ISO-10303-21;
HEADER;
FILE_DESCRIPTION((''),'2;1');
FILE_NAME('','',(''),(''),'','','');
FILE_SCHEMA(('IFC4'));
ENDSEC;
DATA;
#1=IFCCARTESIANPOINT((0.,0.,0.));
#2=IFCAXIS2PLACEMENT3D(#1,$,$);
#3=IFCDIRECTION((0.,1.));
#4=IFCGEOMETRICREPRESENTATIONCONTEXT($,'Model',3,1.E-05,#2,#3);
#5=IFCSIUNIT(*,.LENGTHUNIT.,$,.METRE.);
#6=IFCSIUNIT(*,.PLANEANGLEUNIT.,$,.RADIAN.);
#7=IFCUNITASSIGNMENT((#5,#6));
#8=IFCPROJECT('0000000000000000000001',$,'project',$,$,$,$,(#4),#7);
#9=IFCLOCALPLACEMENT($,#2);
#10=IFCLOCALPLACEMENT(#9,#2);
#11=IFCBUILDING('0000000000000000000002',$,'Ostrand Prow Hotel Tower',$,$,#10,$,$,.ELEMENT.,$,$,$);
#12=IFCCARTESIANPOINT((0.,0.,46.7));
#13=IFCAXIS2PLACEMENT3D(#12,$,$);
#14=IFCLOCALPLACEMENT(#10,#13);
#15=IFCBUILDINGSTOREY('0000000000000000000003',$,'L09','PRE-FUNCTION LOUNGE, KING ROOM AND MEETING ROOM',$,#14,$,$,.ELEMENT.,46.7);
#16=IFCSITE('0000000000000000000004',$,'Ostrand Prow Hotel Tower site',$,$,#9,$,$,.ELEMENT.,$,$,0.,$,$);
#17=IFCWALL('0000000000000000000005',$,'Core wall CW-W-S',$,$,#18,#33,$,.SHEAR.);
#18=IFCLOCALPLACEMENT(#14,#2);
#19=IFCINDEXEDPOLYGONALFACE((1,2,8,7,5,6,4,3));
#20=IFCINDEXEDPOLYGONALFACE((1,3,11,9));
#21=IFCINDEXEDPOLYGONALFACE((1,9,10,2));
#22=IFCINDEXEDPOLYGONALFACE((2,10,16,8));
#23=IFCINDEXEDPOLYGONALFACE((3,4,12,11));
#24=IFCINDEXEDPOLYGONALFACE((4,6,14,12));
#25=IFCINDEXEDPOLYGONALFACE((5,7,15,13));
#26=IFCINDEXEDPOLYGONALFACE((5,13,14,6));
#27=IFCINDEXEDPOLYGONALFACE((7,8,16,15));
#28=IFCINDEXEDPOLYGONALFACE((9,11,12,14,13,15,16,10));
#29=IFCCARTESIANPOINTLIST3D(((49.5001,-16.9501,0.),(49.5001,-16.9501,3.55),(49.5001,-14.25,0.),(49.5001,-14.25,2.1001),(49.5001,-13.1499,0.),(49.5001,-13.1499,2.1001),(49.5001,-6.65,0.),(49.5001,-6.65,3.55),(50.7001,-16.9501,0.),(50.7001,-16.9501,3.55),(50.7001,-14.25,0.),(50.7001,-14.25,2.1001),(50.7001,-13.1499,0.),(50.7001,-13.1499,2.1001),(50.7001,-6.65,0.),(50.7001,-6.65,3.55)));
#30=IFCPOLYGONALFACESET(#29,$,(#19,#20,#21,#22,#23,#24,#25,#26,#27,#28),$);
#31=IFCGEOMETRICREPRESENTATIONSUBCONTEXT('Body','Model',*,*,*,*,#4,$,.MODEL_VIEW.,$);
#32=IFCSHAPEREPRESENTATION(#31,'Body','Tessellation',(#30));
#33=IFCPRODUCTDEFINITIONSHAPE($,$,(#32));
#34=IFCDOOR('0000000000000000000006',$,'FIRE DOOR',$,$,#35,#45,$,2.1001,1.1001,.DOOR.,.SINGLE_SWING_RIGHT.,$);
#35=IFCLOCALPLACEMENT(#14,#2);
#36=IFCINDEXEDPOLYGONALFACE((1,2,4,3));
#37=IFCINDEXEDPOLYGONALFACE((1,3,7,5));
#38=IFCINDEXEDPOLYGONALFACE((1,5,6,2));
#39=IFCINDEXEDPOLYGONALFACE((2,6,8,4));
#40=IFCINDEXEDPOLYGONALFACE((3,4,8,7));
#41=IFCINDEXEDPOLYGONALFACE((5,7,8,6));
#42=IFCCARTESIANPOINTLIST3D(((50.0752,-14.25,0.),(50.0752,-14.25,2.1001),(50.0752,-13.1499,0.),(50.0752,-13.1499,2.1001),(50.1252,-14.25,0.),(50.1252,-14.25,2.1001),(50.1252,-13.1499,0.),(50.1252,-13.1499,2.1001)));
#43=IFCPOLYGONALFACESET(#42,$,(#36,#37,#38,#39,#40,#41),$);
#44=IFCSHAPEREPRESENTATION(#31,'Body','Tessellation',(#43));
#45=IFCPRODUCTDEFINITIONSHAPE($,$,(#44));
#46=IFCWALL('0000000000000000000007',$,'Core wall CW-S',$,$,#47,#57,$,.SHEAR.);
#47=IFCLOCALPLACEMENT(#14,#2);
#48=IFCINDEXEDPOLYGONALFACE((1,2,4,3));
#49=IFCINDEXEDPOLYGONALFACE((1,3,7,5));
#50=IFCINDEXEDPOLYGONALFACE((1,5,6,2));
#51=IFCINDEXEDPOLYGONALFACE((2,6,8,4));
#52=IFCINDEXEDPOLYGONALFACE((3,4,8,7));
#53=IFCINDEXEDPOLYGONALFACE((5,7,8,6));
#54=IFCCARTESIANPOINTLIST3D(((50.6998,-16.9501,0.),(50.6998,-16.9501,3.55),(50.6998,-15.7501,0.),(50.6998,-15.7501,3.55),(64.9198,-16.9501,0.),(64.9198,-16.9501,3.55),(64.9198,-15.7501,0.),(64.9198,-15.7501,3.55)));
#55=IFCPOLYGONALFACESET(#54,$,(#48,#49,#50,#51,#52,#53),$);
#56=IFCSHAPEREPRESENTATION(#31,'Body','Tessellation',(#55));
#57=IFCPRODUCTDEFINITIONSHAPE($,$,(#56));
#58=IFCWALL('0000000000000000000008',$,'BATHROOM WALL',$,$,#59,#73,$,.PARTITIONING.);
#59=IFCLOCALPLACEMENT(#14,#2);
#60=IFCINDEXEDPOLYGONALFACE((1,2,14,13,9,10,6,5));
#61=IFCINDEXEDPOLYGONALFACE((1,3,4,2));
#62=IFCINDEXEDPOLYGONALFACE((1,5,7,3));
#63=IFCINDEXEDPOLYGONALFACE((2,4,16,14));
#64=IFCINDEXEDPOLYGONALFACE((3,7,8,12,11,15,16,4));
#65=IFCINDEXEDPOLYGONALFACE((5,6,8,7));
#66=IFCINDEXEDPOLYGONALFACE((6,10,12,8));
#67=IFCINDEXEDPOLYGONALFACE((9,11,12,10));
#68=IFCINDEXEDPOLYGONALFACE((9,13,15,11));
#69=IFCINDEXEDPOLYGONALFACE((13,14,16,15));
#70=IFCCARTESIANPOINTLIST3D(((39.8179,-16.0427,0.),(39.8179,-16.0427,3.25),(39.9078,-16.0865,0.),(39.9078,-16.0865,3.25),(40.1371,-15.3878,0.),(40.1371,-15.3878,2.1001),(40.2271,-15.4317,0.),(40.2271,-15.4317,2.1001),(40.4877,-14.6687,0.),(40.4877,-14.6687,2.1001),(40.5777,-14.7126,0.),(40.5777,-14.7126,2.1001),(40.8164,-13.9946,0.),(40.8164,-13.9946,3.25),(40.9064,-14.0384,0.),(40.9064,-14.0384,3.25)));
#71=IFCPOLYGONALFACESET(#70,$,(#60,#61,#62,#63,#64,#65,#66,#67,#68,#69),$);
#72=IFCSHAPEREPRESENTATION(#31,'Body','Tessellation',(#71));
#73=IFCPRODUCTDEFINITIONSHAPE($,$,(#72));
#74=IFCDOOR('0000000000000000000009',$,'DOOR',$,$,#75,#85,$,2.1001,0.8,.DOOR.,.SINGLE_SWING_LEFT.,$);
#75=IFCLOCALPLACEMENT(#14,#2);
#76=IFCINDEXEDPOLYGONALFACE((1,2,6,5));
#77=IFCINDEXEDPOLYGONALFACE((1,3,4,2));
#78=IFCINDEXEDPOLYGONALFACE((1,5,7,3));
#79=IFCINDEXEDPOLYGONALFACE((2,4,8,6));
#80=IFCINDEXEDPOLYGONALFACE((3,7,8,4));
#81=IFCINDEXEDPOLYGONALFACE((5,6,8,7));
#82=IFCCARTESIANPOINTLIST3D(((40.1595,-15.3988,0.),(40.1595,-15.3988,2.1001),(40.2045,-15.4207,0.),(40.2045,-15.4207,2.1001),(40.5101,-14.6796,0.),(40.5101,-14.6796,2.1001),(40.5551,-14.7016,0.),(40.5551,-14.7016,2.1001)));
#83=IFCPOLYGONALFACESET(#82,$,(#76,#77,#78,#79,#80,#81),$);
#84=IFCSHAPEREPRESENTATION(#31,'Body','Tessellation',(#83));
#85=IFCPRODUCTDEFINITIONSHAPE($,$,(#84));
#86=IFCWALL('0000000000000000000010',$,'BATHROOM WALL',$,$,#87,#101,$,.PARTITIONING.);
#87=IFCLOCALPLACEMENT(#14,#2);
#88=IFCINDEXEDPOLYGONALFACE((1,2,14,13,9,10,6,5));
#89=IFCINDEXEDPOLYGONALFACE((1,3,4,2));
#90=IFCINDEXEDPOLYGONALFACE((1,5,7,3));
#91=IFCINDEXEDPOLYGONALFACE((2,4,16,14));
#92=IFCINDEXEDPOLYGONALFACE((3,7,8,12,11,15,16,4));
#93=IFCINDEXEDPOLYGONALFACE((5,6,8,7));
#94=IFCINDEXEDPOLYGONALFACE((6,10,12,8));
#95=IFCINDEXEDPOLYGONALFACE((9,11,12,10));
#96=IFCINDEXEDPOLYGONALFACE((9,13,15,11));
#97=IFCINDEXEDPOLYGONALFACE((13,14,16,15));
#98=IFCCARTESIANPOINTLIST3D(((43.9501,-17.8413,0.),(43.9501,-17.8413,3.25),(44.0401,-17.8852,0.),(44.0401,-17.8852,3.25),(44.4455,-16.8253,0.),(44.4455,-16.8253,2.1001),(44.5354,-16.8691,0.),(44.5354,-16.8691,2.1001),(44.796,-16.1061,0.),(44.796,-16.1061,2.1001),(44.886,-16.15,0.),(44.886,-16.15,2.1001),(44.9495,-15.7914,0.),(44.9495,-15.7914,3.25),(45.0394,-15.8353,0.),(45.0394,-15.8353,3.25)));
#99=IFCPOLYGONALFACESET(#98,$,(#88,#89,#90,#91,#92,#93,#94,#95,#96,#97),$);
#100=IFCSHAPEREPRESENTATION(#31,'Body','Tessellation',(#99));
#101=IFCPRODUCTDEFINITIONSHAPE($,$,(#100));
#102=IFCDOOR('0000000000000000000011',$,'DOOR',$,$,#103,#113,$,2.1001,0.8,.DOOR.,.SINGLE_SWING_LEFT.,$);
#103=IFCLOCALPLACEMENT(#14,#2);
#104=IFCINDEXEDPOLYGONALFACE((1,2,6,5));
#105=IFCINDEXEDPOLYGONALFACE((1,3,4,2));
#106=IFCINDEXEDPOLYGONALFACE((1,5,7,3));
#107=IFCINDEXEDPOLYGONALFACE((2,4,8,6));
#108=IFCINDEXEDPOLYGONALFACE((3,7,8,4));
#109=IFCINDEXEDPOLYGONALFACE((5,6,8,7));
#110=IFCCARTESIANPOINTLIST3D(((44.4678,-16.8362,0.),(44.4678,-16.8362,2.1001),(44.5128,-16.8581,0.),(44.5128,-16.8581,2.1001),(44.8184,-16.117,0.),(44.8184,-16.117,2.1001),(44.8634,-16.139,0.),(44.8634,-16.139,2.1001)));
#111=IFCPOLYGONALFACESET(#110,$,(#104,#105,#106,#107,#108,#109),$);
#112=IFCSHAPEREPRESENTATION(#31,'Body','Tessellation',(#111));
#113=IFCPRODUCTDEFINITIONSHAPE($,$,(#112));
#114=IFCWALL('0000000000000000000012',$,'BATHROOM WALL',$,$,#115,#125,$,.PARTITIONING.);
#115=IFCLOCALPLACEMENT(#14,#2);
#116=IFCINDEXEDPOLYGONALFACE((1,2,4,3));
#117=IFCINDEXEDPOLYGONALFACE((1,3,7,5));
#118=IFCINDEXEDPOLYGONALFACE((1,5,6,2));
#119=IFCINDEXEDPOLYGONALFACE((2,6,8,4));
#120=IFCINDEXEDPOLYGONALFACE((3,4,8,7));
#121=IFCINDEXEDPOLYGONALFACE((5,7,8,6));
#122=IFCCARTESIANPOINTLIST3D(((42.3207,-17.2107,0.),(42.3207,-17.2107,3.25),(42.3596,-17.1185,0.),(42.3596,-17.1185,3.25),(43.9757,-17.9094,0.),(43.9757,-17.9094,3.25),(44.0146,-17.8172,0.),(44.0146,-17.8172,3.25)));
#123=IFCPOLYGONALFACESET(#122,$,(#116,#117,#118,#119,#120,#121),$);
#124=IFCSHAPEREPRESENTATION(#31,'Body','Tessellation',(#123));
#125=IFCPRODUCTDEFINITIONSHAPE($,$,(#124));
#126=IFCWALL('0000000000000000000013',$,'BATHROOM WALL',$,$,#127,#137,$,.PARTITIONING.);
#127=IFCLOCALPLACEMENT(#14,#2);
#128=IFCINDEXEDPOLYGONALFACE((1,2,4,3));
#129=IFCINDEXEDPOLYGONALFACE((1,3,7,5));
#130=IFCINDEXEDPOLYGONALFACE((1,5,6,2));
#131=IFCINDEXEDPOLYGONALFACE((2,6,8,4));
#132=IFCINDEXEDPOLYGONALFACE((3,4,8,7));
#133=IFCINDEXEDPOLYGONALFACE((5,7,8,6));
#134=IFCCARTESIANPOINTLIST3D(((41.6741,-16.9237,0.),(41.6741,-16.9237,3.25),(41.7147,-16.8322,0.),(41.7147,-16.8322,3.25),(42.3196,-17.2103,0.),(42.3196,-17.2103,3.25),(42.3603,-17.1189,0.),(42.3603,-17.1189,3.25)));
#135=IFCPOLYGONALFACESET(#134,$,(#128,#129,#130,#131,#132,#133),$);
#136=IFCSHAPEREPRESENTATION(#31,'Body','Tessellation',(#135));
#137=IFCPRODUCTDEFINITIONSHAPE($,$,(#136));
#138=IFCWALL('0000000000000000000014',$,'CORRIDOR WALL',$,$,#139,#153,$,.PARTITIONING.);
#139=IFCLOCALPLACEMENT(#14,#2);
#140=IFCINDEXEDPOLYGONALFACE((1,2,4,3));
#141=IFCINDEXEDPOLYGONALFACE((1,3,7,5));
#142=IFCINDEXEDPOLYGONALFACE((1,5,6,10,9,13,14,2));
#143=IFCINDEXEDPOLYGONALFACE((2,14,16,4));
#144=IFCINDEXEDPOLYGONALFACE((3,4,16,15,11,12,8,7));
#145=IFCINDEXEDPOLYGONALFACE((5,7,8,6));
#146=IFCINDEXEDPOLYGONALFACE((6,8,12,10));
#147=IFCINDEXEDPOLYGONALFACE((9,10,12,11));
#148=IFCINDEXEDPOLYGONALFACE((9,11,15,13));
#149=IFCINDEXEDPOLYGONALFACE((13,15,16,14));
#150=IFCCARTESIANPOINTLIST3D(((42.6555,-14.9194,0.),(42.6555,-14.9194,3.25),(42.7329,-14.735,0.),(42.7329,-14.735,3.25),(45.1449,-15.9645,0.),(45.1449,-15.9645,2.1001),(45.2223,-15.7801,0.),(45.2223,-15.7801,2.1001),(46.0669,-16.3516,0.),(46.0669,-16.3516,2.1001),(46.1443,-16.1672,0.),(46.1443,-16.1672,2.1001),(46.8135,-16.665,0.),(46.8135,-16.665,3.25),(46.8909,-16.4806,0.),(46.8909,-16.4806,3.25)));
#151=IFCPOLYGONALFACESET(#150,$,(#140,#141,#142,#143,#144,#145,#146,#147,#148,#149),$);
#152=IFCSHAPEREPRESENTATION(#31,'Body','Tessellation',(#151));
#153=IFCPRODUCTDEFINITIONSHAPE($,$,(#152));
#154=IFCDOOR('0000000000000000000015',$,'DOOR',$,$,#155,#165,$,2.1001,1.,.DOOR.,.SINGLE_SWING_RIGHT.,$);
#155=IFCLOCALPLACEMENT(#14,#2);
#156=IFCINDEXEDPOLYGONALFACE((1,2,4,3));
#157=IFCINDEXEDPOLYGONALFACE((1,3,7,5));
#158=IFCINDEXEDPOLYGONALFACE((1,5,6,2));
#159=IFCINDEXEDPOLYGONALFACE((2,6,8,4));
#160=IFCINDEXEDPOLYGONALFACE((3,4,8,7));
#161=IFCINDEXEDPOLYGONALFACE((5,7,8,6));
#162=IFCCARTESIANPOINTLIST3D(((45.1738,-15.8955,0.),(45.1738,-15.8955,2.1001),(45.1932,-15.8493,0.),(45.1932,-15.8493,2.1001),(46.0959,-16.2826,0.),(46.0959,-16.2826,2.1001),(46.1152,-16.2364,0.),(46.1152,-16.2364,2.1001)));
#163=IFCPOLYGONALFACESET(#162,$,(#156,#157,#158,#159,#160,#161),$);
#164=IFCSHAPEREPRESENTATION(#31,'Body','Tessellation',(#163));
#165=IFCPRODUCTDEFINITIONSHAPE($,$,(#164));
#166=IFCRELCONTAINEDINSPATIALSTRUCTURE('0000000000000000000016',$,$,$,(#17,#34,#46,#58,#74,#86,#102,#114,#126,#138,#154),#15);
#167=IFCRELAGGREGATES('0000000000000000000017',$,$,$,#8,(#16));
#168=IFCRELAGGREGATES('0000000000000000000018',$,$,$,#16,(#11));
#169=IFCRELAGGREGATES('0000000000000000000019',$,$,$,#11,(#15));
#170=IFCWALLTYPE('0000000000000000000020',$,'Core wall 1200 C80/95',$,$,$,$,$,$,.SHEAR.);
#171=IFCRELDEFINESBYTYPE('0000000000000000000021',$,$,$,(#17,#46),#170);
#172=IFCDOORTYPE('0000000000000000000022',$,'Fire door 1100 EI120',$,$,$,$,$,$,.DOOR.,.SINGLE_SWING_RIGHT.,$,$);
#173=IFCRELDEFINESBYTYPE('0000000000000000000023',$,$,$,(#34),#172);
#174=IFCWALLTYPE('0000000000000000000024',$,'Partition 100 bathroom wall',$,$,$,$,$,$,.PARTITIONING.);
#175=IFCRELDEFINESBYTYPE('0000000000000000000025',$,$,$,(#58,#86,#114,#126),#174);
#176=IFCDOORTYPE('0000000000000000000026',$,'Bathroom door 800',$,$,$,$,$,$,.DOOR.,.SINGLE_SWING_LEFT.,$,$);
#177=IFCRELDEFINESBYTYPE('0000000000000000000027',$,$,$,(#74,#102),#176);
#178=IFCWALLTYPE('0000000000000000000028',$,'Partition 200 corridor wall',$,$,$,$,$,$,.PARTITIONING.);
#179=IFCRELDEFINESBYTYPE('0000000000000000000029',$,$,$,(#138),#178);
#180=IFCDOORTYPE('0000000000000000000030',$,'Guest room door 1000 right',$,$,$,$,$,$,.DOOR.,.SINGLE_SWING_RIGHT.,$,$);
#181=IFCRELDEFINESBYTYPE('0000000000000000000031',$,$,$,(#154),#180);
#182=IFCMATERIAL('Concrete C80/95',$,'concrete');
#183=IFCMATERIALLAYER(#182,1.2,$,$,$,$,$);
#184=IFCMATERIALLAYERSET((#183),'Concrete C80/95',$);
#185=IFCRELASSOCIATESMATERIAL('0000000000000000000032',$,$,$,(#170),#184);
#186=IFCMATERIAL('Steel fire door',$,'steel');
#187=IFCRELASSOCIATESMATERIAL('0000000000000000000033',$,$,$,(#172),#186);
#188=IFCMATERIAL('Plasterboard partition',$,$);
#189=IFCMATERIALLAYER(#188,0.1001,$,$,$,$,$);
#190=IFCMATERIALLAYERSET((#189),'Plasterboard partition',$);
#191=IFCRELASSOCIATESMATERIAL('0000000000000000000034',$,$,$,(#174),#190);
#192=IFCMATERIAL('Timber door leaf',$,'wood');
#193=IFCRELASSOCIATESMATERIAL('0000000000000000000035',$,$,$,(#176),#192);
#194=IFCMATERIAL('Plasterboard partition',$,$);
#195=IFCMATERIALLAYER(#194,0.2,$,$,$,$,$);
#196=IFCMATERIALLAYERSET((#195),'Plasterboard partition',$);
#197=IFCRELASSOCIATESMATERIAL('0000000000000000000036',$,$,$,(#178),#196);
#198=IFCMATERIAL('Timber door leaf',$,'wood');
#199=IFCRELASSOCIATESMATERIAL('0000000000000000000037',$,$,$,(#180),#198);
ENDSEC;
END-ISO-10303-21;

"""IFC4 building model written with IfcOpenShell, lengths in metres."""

from ifc_helpers import new_model, si_unit, direction, frame, frame_2d, origin, place, context, subcontext, project, spatial, rectangle, extrude, material, layer, layer_set, type_object, element, fill, save


model = new_model("IFC4")

# Units and contexts
model_context = context("Model", 3, precision=1e-05, world=origin(), true_north=direction((0.0, 1.0)))
body_context = subcontext(model_context, "Body", "Model", "MODEL_VIEW")
ifc_project = project(units=[si_unit("LENGTHUNIT", "METRE"), si_unit("PLANEANGLEUNIT", "RADIAN")], contexts=[model_context])

# Site, building, storey
site_placement = place(None, origin())
site = spatial("IfcSite", under=ifc_project, at=site_placement, Name="Ostrand Prow Hotel Tower site", CompositionType="ELEMENT", RefElevation=0.0)
building_placement = place(site_placement, origin())
building = spatial("IfcBuilding", under=site, at=building_placement, Name="Ostrand Prow Hotel Tower", CompositionType="ELEMENT")
storey_placement = place(building_placement, frame((0.0, 0.0, 46.7)))
storey = spatial("IfcBuildingStorey", under=building, at=storey_placement, Name="L09", Description="PRE-FUNCTION LOUNGE, KING ROOM AND MEETING ROOM", CompositionType="ELEMENT", Elevation=46.7)

# Wall, opening, door
ifc_material_1 = material(Name="Concrete C80/95", Category="concrete")
ifc_layer_1 = layer(ifc_material_1, 1.2)
ifc_layer_set_1 = layer_set([ifc_layer_1], Name="Concrete C80/95")
wall_type_1 = type_object("IfcWallType", Name="Core wall 1200 C80/95", PredefinedType="SHEAR", material=ifc_layer_set_1)
wall_1_placement = place(storey_placement, frame((50.1001, -16.95, 0.0), z_axis=(0.0, 0.0, 1.0), x_axis=(0.0, 1.0, 0.0)))
wall_1 = element("IfcWall", 1, at=wall_1_placement, inside=storey, type_object=wall_type_1, Name="Core wall CW-W-S", PredefinedType="SHEAR", context=body_context, shape_type="SweptSolid", body=[
    extrude(rectangle(XDim=10.3, YDim=1.2, at=frame_2d((5.1499, 0.0))), origin(), (0.0, 0.0, 1.0), 3.55),
])
opening_1_placement = place(wall_1_placement, frame((2.7, 0.0, 0.0)))
opening_1 = element("IfcOpeningElement", 2, at=opening_1_placement, cuts=wall_1, PredefinedType="OPENING", context=body_context, shape_type="SweptSolid", body=[
    extrude(rectangle(XDim=1.1001, YDim=2.1001, at=frame_2d((0.55, 1.05))), frame((0.0, 0.6099, 0.0), z_axis=(0.0, -1.0, 0.0), x_axis=(1.0, 0.0, 0.0)), (0.0, 0.0, 1.0), 1.22),
])
ifc_material_2 = material(Name="Steel fire door", Category="steel")
door_type_1 = type_object("IfcDoorType", Name="Fire door 1100 EI120", OperationType="SINGLE_SWING_RIGHT", PredefinedType="DOOR", material=ifc_material_2)
door_1_placement = place(opening_1_placement, origin())
door_1 = element("IfcDoor", 3, at=door_1_placement, inside=storey, type_object=door_type_1, Name="FIRE DOOR", OperationType="SINGLE_SWING_RIGHT", OverallHeight=2.1001, OverallWidth=1.1001, PredefinedType="DOOR", context=body_context, shape_type="SweptSolid", body=[
    extrude(rectangle(XDim=1.1001, YDim=2.1001, at=frame_2d((0.55, 1.05))), frame((0.0, 0.0249, 0.0), z_axis=(0.0, -1.0, 0.0), x_axis=(1.0, 0.0, 0.0)), (0.0, 0.0, 1.0), 0.05),
])
fill(opening_1, door_1)

# Wall
wall_2_placement = place(storey_placement, frame((50.7, -16.3501, 0.0), z_axis=(0.0, 0.0, 1.0), x_axis=(1.0, 0.0, 0.0)))
element("IfcWall", 4, at=wall_2_placement, inside=storey, type_object=wall_type_1, Name="Core wall CW-S", PredefinedType="SHEAR", context=body_context, shape_type="SweptSolid", body=[
    extrude(rectangle(XDim=14.22, YDim=1.2, at=frame_2d((7.1099, 0.0))), origin(), (0.0, 0.0, 1.0), 3.55),
])

# Walls, openings, doors
ifc_material_3 = material(Name="Plasterboard partition")
ifc_layer_2 = layer(ifc_material_3, 0.1001)
ifc_layer_set_2 = layer_set([ifc_layer_2], Name="Plasterboard partition")
wall_type_2 = type_object("IfcWallType", Name="Partition 100 bathroom wall", PredefinedType="PARTITIONING", material=ifc_layer_set_2)
wall_3_placement = place(storey_placement, frame((40.8613, -14.0166, 0.0), z_axis=(0.0, 0.0, 1.0), x_axis=(-0.438234, -0.898861, 0.0)))
wall_3 = element("IfcWall", 5, at=wall_3_placement, inside=storey, type_object=wall_type_2, Name="BATHROOM WALL", PredefinedType="PARTITIONING", context=body_context, shape_type="SweptSolid", body=[
    extrude(rectangle(XDim=2.2786, YDim=0.1001, at=frame_2d((1.1392, 0.0))), origin(), (0.0, 0.0, 1.0), 3.25),
])
opening_2_placement = place(wall_3_placement, frame((0.75, 0.0, 0.0)))
opening_2 = element("IfcOpeningElement", 6, at=opening_2_placement, cuts=wall_3, PredefinedType="OPENING", context=body_context, shape_type="SweptSolid", body=[
    extrude(rectangle(XDim=0.8, YDim=2.1001, at=frame_2d((0.3999, 1.05))), frame((0.0, 0.0601, 0.0), z_axis=(0.0, -1.0, 0.0), x_axis=(1.0, 0.0, 0.0)), (0.0, 0.0, 1.0), 0.1201),
])
ifc_material_4 = material(Name="Timber door leaf", Category="wood")
door_type_2 = type_object("IfcDoorType", Name="Bathroom door 800", OperationType="SINGLE_SWING_LEFT", PredefinedType="DOOR", material=ifc_material_4)
door_2_placement = place(opening_2_placement, origin())
door_2 = element("IfcDoor", 7, at=door_2_placement, inside=storey, type_object=door_type_2, Name="DOOR", OperationType="SINGLE_SWING_LEFT", OverallHeight=2.1001, OverallWidth=0.8, PredefinedType="DOOR", context=body_context, shape_type="SweptSolid", body=[
    extrude(rectangle(XDim=0.8, YDim=2.1001, at=frame_2d((0.3999, 1.05))), frame((0.0, 0.0249, 0.0), z_axis=(0.0, -1.0, 0.0), x_axis=(1.0, 0.0, 0.0)), (0.0, 0.0, 1.0), 0.05),
])
fill(opening_2, door_2)
wall_4_placement = place(storey_placement, frame((44.9944, -15.8135, 0.0), z_axis=(0.0, 0.0, 1.0), x_axis=(-0.438198, -0.898879, 0.0)))
wall_4 = element("IfcWall", 8, at=wall_4_placement, inside=storey, type_object=wall_type_2, Name="BATHROOM WALL", PredefinedType="PARTITIONING", context=body_context, shape_type="SweptSolid", body=[
    extrude(rectangle(XDim=2.2805, YDim=0.1001, at=frame_2d((1.1401, 0.0))), origin(), (0.0, 0.0, 1.0), 3.25),
])
opening_3_placement = place(wall_4_placement, frame((0.3501, 0.0, 0.0)))
opening_3 = element("IfcOpeningElement", 9, at=opening_3_placement, cuts=wall_4, PredefinedType="OPENING", context=body_context, shape_type="SweptSolid", body=[
    extrude(rectangle(XDim=0.8, YDim=2.1001, at=frame_2d((0.3999, 1.05))), frame((0.0, 0.0601, 0.0), z_axis=(0.0, -1.0, 0.0), x_axis=(1.0, 0.0, 0.0)), (0.0, 0.0, 1.0), 0.1201),
])
door_3_placement = place(opening_3_placement, origin())
door_3 = element("IfcDoor", 10, at=door_3_placement, inside=storey, type_object=door_type_2, Name="DOOR", OperationType="SINGLE_SWING_LEFT", OverallHeight=2.1001, OverallWidth=0.8, PredefinedType="DOOR", context=body_context, shape_type="SweptSolid", body=[
    extrude(rectangle(XDim=0.8, YDim=2.1001, at=frame_2d((0.3999, 1.05))), frame((0.0, 0.0249, 0.0), z_axis=(0.0, -1.0, 0.0), x_axis=(1.0, 0.0, 0.0)), (0.0, 0.0, 1.0), 0.05),
])
fill(opening_3, door_3)

# Walls
wall_5_placement = place(storey_placement, frame((43.9951, -17.8633, 0.0), z_axis=(0.0, 0.0, 1.0), x_axis=(-0.921261, 0.388944, 0.0)))
element("IfcWall", 11, at=wall_5_placement, inside=storey, type_object=wall_type_2, Name="BATHROOM WALL", PredefinedType="PARTITIONING", context=body_context, shape_type="SweptSolid", body=[
    extrude(rectangle(XDim=1.7964, YDim=0.1001, at=frame_2d((0.8982, 0.0))), origin(), (0.0, 0.0, 1.0), 3.25),
])
wall_6_placement = place(storey_placement, frame((42.3398, -17.1646, 0.0), z_axis=(0.0, 0.0, 1.0), x_axis=(-0.913954, 0.405818, 0.0)))
element("IfcWall", 12, at=wall_6_placement, inside=storey, type_object=wall_type_2, Name="BATHROOM WALL", PredefinedType="PARTITIONING", context=body_context, shape_type="SweptSolid", body=[
    extrude(rectangle(XDim=0.7063, YDim=0.1001, at=frame_2d((0.353, 0.0))), origin(), (0.0, 0.0, 1.0), 3.25),
])

# Wall, opening, door
ifc_material_5 = material(Name="Plasterboard partition")
ifc_layer_3 = layer(ifc_material_5, 0.2)
ifc_layer_set_3 = layer_set([ifc_layer_3], Name="Plasterboard partition")
wall_type_3 = type_object("IfcWallType", Name="Partition 200 corridor wall", PredefinedType="PARTITIONING", material=ifc_layer_set_3)
wall_7_placement = place(storey_placement, frame((42.6941, -14.8271, 0.0), z_axis=(0.0, 0.0, 1.0), x_axis=(0.92204, -0.387093, 0.0)))
wall_7 = element("IfcWall", 13, at=wall_7_placement, inside=storey, type_object=wall_type_3, Name="CORRIDOR WALL", PredefinedType="PARTITIONING", context=body_context, shape_type="SweptSolid", body=[
    extrude(rectangle(XDim=4.5095, YDim=0.2, at=frame_2d((2.2549, 0.0))), origin(), (0.0, 0.0, 1.0), 3.25),
])
opening_4_placement = place(wall_7_placement, frame((2.7, 0.0, 0.0)))
opening_4 = element("IfcOpeningElement", 14, at=opening_4_placement, cuts=wall_7, PredefinedType="OPENING", context=body_context, shape_type="SweptSolid", body=[
    extrude(rectangle(XDim=1.0, YDim=2.1001, at=frame_2d((0.5, 1.05))), frame((0.0, 0.1099, 0.0), z_axis=(0.0, -1.0, 0.0), x_axis=(1.0, 0.0, 0.0)), (0.0, 0.0, 1.0), 0.22),
])
ifc_material_6 = material(Name="Timber door leaf", Category="wood")
door_type_3 = type_object("IfcDoorType", Name="Guest room door 1000 right", OperationType="SINGLE_SWING_RIGHT", PredefinedType="DOOR", material=ifc_material_6)
door_4_placement = place(opening_4_placement, origin())
door_4 = element("IfcDoor", 15, at=door_4_placement, inside=storey, type_object=door_type_3, Name="DOOR", OperationType="SINGLE_SWING_RIGHT", OverallHeight=2.1001, OverallWidth=1.0, PredefinedType="DOOR", context=body_context, shape_type="SweptSolid", body=[
    extrude(rectangle(XDim=1.0, YDim=2.1001, at=frame_2d((0.5, 1.05))), frame((0.0, 0.0249, 0.0), z_axis=(0.0, -1.0, 0.0), x_axis=(1.0, 0.0, 0.0)), (0.0, 0.0, 1.0), 0.05),
])
fill(opening_4, door_4)

save(model, "model.ifc")
